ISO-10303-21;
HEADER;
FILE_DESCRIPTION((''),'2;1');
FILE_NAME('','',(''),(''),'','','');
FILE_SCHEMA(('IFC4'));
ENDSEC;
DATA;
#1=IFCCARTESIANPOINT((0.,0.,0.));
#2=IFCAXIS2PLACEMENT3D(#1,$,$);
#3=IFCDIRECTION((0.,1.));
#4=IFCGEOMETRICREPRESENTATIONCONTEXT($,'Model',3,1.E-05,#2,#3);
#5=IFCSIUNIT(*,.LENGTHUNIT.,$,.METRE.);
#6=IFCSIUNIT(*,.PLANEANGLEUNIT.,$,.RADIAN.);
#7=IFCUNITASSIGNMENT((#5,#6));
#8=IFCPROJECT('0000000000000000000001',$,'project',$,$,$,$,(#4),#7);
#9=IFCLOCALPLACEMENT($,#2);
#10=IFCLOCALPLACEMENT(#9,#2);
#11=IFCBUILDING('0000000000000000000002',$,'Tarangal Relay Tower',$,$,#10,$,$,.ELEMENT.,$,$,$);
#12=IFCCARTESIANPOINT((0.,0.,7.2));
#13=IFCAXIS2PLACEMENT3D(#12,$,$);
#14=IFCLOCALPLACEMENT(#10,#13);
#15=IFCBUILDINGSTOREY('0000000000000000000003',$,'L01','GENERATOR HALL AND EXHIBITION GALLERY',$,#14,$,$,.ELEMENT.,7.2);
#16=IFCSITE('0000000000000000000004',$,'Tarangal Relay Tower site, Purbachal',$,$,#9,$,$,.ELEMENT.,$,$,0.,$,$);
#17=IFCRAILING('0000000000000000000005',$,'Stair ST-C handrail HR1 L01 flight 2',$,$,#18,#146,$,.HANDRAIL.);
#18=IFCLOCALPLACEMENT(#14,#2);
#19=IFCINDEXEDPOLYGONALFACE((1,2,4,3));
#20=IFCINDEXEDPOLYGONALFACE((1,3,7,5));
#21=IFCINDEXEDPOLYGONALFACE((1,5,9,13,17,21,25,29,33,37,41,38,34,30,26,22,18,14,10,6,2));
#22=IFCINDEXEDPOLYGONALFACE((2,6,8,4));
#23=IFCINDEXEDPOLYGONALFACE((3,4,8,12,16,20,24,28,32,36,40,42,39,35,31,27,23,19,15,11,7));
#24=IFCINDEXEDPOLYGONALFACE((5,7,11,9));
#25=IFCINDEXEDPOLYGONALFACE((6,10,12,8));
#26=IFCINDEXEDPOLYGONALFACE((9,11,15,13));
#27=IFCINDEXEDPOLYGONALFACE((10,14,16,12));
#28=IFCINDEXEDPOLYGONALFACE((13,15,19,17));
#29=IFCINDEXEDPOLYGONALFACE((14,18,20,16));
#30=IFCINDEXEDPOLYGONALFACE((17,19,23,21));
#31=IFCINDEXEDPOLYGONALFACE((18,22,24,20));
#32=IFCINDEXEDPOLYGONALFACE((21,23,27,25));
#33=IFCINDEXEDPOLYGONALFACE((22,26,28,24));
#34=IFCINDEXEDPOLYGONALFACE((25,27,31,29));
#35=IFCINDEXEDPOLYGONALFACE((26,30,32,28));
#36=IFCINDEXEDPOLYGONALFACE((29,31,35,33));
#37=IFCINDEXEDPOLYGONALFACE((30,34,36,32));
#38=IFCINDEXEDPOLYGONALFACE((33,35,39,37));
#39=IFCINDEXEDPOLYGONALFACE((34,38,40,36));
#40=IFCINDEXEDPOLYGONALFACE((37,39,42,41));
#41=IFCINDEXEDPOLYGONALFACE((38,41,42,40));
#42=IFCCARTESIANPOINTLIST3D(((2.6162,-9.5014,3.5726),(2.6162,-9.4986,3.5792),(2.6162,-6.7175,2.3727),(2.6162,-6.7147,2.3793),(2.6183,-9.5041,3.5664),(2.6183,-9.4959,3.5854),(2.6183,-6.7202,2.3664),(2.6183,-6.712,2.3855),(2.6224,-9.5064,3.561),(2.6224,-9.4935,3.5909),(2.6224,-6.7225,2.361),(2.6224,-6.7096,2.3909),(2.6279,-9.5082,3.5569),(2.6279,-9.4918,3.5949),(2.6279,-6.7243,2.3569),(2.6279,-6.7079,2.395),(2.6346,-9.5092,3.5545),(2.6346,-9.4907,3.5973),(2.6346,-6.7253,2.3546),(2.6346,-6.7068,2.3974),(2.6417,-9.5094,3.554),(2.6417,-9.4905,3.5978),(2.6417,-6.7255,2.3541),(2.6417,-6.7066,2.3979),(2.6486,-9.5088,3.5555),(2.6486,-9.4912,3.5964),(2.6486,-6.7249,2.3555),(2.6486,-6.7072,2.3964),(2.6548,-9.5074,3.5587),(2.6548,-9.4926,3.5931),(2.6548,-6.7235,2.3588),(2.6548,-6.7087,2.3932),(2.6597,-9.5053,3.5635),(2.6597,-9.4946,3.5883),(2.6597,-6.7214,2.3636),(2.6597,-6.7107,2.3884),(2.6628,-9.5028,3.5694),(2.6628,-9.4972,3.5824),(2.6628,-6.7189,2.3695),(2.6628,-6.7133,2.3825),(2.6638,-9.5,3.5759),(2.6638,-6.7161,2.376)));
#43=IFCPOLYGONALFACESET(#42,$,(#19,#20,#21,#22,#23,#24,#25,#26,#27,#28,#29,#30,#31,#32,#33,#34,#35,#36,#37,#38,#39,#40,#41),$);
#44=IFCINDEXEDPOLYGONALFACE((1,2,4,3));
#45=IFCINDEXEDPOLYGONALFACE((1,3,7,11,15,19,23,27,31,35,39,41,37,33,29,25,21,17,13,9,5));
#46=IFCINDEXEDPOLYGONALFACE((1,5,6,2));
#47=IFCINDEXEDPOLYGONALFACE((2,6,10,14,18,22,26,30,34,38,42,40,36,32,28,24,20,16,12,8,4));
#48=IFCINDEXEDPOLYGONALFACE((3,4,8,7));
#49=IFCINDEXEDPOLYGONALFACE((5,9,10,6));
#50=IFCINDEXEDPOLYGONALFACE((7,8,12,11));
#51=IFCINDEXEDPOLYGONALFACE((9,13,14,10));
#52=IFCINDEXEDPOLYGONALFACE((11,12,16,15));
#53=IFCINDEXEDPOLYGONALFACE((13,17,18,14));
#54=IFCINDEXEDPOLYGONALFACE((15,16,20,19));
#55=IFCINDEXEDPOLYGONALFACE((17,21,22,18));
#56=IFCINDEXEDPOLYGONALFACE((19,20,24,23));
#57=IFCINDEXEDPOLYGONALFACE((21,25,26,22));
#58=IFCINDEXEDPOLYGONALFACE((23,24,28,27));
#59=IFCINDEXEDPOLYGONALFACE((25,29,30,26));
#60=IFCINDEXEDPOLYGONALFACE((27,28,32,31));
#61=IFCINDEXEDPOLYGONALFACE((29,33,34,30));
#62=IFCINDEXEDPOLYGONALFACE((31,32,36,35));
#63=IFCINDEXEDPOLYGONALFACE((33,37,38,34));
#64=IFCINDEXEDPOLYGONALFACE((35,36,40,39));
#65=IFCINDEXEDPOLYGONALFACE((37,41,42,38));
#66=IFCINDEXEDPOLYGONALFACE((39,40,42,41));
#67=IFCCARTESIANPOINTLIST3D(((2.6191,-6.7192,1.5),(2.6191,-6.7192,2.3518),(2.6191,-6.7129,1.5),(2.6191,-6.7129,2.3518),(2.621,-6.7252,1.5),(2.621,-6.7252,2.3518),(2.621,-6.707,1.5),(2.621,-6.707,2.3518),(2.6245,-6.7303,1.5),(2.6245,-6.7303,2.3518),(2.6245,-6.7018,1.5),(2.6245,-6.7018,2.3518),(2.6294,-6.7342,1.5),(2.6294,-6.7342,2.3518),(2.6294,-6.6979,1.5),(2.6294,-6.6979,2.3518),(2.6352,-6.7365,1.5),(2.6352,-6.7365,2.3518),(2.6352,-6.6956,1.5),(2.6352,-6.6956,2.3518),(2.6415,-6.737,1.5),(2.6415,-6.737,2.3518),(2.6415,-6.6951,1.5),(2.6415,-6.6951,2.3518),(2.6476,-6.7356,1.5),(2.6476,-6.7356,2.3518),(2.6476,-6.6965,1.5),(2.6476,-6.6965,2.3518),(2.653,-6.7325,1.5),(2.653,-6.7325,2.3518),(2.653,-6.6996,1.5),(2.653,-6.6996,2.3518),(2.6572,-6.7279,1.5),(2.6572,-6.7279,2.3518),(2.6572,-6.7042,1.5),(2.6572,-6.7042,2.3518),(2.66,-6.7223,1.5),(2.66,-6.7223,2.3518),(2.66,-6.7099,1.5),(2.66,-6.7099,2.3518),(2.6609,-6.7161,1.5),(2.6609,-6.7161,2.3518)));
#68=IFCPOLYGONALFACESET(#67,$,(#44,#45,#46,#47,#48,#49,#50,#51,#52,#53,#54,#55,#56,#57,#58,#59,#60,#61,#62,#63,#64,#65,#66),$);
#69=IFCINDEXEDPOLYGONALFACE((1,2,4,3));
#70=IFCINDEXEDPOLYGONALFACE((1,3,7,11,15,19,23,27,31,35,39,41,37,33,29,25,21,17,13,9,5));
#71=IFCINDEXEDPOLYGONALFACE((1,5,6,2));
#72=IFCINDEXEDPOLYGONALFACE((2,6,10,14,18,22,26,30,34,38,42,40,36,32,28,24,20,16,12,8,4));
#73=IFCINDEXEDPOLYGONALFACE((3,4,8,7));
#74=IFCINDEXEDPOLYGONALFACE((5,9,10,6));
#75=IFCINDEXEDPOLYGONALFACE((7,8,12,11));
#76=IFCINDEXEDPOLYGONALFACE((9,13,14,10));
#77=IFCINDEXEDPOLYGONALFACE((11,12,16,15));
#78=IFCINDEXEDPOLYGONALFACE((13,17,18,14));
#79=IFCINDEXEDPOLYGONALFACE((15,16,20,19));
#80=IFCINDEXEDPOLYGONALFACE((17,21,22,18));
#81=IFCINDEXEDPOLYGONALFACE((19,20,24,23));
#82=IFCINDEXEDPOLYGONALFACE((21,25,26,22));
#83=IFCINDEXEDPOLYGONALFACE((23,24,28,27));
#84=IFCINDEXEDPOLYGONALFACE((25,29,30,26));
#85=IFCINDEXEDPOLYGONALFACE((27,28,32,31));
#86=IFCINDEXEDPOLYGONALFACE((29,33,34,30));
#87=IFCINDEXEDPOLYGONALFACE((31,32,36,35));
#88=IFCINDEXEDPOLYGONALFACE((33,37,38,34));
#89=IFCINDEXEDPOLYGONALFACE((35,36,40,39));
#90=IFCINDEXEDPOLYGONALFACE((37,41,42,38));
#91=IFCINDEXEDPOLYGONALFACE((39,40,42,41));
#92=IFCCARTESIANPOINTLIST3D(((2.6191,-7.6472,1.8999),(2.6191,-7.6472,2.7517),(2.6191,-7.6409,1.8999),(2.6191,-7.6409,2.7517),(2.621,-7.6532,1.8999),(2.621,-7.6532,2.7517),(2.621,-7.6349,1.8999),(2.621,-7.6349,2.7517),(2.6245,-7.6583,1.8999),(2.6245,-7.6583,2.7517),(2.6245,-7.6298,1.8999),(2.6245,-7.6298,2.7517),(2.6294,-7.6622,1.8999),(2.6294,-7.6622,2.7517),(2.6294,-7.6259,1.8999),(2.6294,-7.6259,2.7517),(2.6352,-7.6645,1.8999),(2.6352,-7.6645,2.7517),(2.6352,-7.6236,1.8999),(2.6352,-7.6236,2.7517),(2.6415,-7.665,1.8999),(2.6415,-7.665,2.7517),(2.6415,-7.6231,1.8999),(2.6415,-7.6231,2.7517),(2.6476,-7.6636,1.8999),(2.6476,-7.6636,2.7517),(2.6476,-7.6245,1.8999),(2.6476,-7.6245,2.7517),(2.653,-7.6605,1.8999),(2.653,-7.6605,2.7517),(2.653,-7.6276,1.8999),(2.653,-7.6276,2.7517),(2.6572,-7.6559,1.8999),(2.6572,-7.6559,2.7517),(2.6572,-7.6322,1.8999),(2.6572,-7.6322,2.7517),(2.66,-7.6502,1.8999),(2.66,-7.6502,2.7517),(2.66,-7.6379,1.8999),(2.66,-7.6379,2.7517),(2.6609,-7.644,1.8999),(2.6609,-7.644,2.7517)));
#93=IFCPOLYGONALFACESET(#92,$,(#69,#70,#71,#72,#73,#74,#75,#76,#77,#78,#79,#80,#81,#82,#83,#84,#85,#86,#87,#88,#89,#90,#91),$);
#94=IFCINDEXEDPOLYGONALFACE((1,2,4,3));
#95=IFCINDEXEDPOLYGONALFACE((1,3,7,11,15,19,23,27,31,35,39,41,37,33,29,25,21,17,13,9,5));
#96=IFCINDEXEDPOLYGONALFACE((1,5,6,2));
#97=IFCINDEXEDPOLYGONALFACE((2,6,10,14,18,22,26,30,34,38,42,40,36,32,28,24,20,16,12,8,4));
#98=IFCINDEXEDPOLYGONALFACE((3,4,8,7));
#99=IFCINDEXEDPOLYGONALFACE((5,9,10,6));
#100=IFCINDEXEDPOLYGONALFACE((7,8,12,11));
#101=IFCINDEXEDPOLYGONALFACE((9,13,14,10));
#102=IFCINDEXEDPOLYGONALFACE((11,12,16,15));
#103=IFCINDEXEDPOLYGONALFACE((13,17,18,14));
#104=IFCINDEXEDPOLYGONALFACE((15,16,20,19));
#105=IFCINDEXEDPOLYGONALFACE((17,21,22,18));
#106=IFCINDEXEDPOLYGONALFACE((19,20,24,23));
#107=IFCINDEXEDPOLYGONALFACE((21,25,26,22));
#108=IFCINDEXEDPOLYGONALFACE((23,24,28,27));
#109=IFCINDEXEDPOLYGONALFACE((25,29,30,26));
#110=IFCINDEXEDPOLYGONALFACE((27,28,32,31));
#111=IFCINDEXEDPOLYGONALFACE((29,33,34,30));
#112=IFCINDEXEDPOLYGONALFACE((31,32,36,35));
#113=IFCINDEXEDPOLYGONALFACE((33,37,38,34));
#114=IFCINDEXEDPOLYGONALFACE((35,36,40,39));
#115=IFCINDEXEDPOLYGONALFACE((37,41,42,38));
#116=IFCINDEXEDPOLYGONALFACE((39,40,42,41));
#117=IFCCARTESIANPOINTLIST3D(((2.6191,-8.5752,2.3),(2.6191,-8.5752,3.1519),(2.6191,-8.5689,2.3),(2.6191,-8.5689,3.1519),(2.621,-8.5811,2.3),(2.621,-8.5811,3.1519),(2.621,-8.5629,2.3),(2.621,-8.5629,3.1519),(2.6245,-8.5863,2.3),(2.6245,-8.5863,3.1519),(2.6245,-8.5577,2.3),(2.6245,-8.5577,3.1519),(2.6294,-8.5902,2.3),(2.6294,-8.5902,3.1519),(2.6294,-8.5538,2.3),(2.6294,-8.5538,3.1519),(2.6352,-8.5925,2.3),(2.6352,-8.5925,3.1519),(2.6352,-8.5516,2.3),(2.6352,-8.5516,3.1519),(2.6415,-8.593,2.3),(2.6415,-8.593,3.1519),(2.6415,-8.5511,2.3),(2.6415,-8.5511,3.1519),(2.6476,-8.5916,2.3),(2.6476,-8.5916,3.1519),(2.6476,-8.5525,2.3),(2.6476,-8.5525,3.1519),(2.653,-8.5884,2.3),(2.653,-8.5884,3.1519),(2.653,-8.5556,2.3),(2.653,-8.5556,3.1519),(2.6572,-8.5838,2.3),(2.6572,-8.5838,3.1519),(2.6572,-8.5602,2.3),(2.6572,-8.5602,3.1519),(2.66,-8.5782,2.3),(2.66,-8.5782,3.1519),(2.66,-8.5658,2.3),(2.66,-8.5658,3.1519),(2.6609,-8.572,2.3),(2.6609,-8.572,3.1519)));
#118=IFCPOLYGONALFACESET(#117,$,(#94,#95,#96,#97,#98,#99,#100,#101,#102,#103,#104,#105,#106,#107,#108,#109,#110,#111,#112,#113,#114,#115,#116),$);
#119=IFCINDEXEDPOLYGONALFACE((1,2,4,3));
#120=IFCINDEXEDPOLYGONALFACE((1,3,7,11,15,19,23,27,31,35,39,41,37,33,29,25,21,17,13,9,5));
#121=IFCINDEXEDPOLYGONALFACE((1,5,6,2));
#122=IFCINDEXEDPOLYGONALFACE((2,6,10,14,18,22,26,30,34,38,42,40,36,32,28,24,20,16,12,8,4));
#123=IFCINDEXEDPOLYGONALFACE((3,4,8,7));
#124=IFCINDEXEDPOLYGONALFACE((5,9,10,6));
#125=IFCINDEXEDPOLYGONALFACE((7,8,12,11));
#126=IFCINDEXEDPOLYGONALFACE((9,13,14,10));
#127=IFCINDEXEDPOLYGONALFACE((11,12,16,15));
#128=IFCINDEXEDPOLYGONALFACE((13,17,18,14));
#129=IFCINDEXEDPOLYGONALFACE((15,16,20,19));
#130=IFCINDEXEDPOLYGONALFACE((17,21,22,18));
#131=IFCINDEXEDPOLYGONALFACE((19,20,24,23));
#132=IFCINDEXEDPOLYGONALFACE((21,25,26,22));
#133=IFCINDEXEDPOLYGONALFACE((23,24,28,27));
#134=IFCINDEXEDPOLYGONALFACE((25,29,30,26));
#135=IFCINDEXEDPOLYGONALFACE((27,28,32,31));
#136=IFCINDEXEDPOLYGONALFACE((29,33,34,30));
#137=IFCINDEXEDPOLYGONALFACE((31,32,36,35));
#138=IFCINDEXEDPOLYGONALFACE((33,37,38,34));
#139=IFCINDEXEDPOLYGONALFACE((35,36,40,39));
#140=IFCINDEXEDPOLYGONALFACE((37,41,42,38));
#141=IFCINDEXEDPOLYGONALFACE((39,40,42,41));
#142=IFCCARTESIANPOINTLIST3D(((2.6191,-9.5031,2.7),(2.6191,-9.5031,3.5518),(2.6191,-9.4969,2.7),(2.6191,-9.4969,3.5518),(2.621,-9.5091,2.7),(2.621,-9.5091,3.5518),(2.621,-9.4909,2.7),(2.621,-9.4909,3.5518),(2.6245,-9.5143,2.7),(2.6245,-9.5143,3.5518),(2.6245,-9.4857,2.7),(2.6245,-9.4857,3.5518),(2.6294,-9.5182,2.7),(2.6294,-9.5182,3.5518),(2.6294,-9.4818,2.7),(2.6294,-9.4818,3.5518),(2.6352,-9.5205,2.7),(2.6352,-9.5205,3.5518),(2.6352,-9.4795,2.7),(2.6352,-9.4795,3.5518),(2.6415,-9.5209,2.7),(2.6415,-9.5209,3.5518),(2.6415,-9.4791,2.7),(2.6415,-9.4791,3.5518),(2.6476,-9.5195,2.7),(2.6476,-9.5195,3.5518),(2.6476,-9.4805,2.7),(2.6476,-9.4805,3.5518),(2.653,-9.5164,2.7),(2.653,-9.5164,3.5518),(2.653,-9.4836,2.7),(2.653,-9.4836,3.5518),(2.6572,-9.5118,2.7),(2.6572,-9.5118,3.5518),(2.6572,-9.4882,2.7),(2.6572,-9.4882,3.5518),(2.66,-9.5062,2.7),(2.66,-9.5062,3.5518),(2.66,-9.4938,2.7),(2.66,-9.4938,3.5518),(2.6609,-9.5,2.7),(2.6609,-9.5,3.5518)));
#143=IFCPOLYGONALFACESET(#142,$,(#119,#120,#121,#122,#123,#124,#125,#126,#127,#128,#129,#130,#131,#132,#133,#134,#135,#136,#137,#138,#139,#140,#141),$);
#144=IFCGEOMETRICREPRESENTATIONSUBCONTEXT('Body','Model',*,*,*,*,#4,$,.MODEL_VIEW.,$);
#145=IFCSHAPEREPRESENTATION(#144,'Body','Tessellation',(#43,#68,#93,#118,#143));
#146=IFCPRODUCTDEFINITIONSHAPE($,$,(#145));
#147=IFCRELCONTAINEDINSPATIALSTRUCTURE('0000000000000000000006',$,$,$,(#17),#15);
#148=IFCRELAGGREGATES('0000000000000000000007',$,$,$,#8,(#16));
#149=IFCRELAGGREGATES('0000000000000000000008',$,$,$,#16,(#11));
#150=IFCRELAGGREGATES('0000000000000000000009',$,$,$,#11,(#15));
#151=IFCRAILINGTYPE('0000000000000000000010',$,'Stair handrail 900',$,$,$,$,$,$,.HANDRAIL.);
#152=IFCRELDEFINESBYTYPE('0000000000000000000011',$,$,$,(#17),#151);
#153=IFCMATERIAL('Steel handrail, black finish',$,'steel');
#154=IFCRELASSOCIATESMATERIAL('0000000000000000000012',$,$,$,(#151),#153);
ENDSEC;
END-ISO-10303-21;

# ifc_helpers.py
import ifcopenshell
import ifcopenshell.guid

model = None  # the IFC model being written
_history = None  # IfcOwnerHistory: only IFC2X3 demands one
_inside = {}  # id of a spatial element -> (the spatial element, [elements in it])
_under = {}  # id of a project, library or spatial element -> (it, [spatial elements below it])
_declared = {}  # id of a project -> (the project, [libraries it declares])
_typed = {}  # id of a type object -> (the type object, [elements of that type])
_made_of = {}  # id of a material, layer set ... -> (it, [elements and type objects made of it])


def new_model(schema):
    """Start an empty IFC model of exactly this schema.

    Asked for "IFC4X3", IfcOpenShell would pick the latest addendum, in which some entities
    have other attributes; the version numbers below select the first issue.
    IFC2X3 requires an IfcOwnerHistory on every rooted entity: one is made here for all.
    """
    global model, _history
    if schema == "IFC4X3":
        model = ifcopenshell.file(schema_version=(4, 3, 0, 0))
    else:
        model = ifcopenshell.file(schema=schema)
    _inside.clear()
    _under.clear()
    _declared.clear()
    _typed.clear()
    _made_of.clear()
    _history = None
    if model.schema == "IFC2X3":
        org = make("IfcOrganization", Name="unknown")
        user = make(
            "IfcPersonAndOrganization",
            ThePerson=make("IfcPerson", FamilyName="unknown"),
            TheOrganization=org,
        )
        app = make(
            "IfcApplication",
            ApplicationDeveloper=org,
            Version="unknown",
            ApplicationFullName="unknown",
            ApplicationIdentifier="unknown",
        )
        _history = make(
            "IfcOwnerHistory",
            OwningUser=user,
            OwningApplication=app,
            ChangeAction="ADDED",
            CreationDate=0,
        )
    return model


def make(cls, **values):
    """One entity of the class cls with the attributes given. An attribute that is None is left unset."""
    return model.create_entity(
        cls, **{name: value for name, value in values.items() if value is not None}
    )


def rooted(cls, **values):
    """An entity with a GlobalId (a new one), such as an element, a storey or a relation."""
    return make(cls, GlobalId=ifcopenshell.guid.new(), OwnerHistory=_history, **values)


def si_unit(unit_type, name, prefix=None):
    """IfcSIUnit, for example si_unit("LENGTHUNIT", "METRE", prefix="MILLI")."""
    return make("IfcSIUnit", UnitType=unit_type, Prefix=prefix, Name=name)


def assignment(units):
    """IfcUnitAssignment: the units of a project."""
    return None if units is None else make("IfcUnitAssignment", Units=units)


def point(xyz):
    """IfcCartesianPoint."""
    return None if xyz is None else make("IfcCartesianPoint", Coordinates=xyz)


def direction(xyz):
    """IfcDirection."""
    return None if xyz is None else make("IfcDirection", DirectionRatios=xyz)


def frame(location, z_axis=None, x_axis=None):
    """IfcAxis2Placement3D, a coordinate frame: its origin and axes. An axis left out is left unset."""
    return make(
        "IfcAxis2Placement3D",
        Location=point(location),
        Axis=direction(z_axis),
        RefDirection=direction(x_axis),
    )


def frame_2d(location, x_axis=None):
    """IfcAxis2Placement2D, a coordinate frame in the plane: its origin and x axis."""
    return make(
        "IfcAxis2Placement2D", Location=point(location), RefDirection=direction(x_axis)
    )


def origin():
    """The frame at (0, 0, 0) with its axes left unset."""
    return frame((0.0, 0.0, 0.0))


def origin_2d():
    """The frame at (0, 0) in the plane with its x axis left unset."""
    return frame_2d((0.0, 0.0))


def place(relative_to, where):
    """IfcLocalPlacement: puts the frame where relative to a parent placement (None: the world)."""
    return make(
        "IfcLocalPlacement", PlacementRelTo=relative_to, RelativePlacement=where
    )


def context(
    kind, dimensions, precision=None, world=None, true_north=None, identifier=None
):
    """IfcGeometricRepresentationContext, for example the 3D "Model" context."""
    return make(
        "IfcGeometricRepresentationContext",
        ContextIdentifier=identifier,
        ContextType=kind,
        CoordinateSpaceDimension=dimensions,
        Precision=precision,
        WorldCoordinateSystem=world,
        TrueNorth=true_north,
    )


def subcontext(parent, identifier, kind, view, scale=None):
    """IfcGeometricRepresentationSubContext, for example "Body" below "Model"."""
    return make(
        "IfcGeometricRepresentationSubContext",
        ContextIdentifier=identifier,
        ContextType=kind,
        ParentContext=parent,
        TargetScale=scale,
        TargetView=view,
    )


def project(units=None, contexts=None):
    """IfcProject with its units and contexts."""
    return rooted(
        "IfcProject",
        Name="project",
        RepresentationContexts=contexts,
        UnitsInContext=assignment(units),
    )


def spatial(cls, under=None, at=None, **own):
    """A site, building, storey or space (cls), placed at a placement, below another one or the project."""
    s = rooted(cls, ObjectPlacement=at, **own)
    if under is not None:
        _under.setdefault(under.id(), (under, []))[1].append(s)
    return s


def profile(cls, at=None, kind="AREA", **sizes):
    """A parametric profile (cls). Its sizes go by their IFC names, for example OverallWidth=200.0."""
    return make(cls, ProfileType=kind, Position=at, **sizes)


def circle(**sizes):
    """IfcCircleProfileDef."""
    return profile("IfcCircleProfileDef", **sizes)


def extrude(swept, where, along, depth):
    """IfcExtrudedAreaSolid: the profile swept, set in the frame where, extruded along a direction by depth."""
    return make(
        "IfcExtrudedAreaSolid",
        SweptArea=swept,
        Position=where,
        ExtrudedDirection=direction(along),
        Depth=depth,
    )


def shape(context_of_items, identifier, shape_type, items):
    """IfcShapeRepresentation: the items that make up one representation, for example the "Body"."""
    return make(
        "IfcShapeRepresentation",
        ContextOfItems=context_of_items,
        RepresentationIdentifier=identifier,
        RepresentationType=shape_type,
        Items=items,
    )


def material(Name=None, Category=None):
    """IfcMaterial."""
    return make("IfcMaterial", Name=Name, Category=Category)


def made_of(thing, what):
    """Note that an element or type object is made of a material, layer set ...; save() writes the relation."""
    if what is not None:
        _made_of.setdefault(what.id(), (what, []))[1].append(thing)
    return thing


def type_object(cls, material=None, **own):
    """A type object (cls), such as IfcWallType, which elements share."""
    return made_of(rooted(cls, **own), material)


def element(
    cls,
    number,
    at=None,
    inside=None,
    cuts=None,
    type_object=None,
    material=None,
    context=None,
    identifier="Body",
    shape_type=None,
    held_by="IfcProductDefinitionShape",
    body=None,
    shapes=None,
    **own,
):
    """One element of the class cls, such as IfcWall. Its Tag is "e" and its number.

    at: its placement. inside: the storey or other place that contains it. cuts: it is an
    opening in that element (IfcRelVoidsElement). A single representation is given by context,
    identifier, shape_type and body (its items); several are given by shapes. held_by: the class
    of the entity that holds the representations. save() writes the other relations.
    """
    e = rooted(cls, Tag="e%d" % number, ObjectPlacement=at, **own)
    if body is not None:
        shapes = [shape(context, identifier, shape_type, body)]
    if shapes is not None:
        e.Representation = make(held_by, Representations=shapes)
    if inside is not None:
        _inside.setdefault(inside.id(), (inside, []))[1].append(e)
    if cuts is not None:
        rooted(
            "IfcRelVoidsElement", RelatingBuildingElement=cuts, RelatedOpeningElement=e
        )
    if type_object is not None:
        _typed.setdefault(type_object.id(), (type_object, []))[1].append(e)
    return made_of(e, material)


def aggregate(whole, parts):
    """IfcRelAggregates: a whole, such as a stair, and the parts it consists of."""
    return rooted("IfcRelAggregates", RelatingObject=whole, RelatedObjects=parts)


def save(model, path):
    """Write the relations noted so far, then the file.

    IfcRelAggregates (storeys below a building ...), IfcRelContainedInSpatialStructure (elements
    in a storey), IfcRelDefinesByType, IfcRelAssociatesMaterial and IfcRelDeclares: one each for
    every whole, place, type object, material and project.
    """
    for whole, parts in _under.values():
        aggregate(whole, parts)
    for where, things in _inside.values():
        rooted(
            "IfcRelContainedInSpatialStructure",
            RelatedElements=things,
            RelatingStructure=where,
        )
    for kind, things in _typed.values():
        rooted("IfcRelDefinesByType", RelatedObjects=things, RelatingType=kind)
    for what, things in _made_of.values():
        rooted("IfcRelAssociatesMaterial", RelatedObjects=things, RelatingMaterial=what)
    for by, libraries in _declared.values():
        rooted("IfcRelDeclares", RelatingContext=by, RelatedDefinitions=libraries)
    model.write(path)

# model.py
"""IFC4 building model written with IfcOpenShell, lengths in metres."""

from ifc_helpers import new_model, si_unit, direction, frame, origin, origin_2d, place, context, subcontext, project, spatial, circle, extrude, material, type_object, element, save


model = new_model("IFC4")

# Units and contexts
model_context = context("Model", 3, precision=1e-05, world=origin(), true_north=direction((0.0, 1.0)))
body_context = subcontext(model_context, "Body", "Model", "MODEL_VIEW")
ifc_project = project(units=[si_unit("LENGTHUNIT", "METRE"), si_unit("PLANEANGLEUNIT", "RADIAN")], contexts=[model_context])

# Site, building, storey
site_placement = place(None, origin())
site = spatial("IfcSite", under=ifc_project, at=site_placement, Name="Tarangal Relay Tower site, Purbachal", CompositionType="ELEMENT", RefElevation=0.0)
building_placement = place(site_placement, origin())
building = spatial("IfcBuilding", under=site, at=building_placement, Name="Tarangal Relay Tower", CompositionType="ELEMENT")
storey_placement = place(building_placement, frame((0.0, 0.0, 7.2)))
storey = spatial("IfcBuildingStorey", under=building, at=storey_placement, Name="L01", Description="GENERATOR HALL AND EXHIBITION GALLERY", CompositionType="ELEMENT", Elevation=7.2)

# Railing
ifc_material_1 = material(Name="Steel handrail, black finish", Category="steel")
railing_type_1 = type_object("IfcRailingType", Name="Stair handrail 900", PredefinedType="HANDRAIL", material=ifc_material_1)
railing_1_placement = place(storey_placement, frame((2.6399, -6.7161, 1.5)))
element("IfcRailing", 1, at=railing_1_placement, inside=storey, type_object=railing_type_1, Name="Stair ST-C handrail HR1 L01 flight 2", PredefinedType="HANDRAIL", context=body_context, shape_type="SweptSolid", body=[
    extrude(circle(Radius=0.0239, at=origin_2d()), frame((0.0, 0.0, 0.876), z_axis=(0.0, -0.918327, 0.395823), x_axis=(1.0, 0.0, 0.0)), (0.0, 0.0, 1.0), 3.0315),
    extrude(circle(Radius=0.021, at=origin_2d()), origin(), (0.0, 0.0, 1.0), 0.8518),
    extrude(circle(Radius=0.021, at=origin_2d()), frame((0.0, -0.928, 0.3999)), (0.0, 0.0, 1.0), 0.8518),
    extrude(circle(Radius=0.021, at=origin_2d()), frame((0.0, -1.856, 0.8)), (0.0, 0.0, 1.0), 0.8518),
    extrude(circle(Radius=0.021, at=origin_2d()), frame((0.0, -2.7839, 1.2)), (0.0, 0.0, 1.0), 0.8518),
])

save(model, "model.ifc")
